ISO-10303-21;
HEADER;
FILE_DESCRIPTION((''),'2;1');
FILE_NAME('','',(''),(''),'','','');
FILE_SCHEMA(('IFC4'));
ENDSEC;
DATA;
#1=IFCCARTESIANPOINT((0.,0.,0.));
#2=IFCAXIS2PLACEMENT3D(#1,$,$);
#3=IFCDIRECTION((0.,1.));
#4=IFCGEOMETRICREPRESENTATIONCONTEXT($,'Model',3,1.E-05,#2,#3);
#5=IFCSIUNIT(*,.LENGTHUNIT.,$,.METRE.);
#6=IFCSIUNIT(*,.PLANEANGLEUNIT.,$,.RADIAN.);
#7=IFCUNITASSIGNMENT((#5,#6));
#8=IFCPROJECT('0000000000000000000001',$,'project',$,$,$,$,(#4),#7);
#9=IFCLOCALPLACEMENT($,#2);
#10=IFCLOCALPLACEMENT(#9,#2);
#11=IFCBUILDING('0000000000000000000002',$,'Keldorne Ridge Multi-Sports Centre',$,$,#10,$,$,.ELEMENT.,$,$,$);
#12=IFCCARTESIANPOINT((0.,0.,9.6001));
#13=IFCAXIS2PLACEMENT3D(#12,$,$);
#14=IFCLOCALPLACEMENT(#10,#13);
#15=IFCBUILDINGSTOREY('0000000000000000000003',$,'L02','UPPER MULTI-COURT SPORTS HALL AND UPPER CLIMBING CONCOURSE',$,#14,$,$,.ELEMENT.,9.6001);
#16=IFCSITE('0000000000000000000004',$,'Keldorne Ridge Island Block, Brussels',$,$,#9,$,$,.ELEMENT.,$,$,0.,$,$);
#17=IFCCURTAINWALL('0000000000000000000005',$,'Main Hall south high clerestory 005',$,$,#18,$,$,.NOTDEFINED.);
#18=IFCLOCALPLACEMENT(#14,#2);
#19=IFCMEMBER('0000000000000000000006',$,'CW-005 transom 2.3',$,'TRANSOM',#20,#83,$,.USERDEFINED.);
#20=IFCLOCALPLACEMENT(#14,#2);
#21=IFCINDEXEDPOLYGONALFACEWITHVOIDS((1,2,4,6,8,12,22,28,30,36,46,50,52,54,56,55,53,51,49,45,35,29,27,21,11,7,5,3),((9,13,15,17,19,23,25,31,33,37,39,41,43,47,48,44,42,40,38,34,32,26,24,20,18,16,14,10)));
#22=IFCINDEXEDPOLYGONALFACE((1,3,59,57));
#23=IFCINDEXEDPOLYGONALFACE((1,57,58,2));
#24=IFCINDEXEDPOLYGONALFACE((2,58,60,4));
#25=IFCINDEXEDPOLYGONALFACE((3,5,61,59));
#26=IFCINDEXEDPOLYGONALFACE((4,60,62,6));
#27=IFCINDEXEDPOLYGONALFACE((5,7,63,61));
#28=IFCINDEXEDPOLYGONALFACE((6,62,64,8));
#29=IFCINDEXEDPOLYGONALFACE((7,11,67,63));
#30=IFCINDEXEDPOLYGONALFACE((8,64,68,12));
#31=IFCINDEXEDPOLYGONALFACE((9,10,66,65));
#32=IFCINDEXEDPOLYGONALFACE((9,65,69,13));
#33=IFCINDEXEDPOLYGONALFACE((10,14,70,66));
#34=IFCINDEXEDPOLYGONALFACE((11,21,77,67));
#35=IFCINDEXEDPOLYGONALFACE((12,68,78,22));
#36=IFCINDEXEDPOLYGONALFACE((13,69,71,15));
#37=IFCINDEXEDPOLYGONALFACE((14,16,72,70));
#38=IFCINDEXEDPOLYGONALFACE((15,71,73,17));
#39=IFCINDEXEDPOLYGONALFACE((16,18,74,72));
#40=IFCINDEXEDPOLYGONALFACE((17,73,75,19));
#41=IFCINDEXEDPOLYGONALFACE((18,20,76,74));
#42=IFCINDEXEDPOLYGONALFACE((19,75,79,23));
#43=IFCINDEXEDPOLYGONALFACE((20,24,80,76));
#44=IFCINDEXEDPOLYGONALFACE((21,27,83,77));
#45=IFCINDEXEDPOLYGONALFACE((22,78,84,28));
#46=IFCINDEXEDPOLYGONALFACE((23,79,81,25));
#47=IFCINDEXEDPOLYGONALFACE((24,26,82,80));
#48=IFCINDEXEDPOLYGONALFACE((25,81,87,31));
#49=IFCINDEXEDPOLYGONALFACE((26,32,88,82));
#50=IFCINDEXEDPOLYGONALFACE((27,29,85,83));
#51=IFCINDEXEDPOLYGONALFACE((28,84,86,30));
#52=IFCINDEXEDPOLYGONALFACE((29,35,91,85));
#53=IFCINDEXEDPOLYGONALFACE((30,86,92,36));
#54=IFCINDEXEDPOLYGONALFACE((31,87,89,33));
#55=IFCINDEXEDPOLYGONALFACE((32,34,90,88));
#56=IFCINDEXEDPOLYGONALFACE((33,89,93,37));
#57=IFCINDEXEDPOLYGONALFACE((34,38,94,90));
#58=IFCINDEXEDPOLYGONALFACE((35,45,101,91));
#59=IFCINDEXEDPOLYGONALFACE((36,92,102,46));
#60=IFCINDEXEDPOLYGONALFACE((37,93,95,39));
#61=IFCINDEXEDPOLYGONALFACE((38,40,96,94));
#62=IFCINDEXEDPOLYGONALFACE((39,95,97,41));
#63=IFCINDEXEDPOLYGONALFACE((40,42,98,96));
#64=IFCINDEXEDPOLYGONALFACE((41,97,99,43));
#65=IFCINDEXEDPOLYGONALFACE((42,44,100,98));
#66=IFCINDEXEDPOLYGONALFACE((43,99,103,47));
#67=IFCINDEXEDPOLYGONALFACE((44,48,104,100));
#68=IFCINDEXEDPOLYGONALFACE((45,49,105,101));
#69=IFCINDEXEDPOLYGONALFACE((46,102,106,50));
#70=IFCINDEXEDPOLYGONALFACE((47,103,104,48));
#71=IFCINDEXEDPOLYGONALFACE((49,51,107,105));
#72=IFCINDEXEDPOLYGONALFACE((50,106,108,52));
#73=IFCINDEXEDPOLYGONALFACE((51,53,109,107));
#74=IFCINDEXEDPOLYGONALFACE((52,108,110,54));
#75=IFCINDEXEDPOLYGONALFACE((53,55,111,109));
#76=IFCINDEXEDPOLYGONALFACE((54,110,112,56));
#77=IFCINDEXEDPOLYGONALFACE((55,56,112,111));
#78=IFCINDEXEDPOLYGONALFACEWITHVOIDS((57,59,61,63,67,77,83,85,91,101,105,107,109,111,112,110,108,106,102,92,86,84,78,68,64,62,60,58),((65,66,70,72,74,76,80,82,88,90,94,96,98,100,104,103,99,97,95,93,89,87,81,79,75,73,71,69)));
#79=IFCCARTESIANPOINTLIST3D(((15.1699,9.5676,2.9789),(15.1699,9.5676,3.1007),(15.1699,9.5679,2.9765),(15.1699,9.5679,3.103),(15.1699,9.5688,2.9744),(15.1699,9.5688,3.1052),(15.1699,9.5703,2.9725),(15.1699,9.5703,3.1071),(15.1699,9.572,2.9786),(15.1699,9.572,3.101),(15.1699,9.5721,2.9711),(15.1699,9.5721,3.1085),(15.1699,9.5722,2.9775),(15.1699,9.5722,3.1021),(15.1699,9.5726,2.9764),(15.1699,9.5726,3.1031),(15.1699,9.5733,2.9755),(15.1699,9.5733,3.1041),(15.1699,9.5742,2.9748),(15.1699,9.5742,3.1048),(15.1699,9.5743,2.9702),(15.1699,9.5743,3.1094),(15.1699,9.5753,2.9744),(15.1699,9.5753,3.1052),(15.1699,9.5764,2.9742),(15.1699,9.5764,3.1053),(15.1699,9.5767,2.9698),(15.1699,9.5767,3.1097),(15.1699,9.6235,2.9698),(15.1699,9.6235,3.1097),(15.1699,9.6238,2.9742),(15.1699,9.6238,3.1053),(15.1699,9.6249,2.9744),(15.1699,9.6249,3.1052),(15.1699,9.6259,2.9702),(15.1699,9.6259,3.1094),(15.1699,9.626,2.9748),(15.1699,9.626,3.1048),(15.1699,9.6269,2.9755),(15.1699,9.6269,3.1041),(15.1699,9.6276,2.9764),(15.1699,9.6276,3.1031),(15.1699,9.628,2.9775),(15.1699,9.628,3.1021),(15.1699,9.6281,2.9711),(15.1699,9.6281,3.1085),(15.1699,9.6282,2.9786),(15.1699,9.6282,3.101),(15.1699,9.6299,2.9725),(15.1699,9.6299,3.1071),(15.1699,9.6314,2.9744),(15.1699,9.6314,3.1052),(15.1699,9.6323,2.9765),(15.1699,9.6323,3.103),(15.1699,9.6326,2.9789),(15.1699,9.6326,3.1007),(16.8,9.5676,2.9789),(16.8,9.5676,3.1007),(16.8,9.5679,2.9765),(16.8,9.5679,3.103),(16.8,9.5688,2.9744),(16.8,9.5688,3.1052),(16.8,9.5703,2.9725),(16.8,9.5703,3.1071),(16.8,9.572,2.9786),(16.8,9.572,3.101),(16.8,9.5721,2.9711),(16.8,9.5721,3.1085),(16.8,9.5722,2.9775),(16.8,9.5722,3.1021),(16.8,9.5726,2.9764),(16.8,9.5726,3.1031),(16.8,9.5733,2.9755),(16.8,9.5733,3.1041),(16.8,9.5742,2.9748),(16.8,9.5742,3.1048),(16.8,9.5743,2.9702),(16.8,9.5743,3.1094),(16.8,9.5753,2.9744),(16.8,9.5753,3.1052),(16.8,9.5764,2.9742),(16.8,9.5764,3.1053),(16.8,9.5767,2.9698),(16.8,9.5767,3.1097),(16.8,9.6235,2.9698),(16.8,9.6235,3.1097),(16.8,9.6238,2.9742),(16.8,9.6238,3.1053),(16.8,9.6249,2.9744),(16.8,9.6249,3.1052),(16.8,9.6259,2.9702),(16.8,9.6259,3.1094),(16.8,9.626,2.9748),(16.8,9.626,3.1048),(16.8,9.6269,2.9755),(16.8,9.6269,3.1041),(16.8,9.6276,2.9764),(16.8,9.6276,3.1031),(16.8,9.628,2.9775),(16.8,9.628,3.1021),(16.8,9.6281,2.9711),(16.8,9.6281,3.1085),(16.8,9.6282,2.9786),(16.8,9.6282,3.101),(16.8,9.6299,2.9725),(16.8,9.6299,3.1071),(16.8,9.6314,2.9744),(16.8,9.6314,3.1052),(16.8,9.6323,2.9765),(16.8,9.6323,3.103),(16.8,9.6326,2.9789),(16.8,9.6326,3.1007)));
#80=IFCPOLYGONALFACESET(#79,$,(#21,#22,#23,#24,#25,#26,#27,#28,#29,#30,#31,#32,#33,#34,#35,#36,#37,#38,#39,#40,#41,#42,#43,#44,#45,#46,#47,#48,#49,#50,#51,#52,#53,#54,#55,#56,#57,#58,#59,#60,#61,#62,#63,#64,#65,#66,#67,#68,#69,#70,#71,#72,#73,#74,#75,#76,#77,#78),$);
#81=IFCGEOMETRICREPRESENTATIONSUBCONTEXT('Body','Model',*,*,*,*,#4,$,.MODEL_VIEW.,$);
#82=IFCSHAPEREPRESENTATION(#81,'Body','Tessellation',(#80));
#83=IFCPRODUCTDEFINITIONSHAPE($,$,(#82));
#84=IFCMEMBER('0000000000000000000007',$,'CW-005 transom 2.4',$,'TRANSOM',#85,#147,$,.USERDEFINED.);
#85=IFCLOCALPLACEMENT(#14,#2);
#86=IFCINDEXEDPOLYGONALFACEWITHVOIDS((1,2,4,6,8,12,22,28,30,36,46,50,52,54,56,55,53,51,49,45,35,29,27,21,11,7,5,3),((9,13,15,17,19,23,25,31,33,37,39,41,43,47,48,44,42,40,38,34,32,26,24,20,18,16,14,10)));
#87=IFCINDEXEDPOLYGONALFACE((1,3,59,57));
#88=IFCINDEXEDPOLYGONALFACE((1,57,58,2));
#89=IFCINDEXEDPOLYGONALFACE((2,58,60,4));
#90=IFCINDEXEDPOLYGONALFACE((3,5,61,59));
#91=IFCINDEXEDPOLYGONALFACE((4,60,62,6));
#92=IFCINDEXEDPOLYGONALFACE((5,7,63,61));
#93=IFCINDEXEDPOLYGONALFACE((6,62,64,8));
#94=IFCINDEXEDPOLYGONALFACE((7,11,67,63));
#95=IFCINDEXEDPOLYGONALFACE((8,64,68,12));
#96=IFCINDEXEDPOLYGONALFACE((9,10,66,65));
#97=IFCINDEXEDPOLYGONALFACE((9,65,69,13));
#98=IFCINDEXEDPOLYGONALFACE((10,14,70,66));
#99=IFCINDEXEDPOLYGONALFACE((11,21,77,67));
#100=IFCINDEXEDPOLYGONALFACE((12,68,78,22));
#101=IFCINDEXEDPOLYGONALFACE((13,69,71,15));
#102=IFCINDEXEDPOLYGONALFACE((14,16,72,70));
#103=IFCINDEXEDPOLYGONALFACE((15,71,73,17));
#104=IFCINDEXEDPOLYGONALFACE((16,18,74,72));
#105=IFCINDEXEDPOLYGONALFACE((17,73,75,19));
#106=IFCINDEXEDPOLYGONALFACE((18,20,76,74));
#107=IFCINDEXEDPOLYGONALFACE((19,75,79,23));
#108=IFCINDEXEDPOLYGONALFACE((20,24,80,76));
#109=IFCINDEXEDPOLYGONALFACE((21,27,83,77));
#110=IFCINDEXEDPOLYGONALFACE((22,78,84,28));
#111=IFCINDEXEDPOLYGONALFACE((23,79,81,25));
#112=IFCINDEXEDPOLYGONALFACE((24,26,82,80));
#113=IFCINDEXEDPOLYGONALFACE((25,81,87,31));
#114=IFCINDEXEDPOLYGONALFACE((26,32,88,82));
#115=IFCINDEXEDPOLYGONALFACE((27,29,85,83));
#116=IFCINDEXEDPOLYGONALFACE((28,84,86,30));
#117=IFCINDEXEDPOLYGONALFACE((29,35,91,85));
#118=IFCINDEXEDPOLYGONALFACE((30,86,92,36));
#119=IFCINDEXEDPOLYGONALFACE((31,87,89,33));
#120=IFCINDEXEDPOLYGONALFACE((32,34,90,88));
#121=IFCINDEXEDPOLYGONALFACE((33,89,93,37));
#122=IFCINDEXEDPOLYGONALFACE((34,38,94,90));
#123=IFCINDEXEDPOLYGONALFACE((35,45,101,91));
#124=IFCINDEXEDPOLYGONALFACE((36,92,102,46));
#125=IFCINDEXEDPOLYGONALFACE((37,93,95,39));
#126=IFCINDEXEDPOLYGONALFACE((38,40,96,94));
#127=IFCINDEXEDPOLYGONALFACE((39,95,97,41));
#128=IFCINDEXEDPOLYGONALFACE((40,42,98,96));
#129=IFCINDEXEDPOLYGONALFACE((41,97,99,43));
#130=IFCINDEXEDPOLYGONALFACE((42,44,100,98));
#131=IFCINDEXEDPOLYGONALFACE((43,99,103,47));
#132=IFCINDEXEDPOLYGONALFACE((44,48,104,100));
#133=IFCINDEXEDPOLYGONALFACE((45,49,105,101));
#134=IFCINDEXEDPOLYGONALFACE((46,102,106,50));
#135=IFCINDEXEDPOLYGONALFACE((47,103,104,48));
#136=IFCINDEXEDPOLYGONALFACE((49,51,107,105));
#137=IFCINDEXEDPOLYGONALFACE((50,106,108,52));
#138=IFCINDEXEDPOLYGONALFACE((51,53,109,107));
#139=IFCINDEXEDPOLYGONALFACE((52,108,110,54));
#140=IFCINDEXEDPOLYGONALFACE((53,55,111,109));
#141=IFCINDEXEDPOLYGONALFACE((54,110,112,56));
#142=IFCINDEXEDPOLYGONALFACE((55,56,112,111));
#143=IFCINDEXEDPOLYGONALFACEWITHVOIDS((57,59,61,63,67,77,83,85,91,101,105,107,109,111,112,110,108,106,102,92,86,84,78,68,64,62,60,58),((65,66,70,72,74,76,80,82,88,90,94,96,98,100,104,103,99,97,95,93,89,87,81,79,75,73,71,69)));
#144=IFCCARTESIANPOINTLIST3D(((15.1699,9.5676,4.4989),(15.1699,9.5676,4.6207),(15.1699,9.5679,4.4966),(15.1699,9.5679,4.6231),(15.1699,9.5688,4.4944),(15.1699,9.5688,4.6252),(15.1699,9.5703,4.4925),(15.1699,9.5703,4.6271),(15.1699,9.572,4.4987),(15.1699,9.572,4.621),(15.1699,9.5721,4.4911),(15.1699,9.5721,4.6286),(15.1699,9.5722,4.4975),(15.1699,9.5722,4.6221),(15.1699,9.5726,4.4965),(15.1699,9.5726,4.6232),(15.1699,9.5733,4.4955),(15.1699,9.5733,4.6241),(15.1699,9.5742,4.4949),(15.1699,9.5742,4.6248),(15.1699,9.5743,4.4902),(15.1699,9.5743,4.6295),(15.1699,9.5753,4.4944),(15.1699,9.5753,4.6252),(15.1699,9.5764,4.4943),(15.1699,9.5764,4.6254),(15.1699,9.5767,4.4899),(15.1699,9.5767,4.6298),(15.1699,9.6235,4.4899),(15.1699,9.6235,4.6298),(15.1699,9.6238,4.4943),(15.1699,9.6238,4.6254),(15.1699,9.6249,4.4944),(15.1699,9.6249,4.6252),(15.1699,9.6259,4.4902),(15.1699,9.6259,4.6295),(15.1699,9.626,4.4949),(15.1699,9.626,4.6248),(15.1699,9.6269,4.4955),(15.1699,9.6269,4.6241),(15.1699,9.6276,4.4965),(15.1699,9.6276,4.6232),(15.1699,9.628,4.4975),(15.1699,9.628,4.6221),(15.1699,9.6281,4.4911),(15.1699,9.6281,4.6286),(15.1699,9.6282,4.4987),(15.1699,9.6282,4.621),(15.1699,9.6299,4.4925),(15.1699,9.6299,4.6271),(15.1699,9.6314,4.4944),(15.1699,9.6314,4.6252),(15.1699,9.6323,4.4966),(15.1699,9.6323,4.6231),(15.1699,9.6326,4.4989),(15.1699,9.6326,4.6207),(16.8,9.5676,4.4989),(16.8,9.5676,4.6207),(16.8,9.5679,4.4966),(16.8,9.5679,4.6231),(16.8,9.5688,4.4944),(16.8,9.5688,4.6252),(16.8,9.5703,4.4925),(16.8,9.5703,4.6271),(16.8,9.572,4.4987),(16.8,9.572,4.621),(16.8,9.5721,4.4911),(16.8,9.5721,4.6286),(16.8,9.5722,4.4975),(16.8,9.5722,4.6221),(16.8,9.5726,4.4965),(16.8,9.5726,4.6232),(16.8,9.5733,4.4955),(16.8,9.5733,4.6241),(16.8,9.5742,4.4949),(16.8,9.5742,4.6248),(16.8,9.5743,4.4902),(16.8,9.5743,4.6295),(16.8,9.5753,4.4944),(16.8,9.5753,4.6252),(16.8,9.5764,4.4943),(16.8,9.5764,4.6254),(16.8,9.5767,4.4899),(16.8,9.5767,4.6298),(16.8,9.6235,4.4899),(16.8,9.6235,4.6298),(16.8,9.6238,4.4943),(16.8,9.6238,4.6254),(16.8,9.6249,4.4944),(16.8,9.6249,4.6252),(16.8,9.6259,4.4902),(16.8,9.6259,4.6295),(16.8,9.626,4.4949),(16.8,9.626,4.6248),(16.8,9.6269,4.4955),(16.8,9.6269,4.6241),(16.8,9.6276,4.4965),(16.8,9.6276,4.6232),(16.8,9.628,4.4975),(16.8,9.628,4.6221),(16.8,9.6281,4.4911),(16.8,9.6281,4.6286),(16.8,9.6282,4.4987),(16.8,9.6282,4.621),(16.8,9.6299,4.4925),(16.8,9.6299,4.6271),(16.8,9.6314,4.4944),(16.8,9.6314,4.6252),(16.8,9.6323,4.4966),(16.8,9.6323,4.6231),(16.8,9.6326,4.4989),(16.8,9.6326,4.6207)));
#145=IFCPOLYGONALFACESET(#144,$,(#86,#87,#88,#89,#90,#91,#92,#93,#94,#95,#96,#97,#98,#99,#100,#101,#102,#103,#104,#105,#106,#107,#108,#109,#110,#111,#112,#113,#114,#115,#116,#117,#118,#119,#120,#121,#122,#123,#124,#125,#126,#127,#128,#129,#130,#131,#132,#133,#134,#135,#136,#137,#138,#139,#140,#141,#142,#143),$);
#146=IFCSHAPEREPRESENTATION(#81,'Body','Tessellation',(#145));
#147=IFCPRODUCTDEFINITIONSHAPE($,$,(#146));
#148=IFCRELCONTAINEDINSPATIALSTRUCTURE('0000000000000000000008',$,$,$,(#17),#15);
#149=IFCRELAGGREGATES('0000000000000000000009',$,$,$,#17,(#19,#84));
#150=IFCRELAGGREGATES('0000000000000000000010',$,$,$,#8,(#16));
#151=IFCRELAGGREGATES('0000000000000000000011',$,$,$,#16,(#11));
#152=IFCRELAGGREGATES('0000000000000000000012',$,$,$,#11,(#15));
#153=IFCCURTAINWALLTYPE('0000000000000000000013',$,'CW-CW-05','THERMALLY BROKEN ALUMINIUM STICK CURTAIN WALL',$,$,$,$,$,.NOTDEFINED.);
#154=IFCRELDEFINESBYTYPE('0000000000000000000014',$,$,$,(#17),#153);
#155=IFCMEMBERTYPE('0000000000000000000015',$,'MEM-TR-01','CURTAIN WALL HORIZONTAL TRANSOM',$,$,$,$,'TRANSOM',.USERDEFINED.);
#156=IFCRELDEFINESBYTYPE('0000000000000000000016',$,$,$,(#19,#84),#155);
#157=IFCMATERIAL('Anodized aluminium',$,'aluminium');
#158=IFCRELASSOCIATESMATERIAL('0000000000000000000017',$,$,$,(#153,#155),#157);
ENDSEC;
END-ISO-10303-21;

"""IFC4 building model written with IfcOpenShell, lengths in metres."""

from ifc_helpers import new_model, si_unit, direction, frame, origin, origin_2d, place, context, subcontext, project, spatial, hollow_rectangle, extrude, material, material_profile, profile_set, type_object, element, aggregate, save


model = new_model("IFC4")

# Units and contexts
model_context = context("Model", 3, precision=1e-05, world=origin(), true_north=direction((0.0, 1.0)))
body_context = subcontext(model_context, "Body", "Model", "MODEL_VIEW")
ifc_project = project(units=[si_unit("LENGTHUNIT", "METRE"), si_unit("PLANEANGLEUNIT", "RADIAN")], contexts=[model_context])

# Site, building, storey
site_placement = place(None, origin())
site = spatial("IfcSite", under=ifc_project, at=site_placement, Name="Keldorne Ridge Island Block, Brussels", CompositionType="ELEMENT", RefElevation=0.0)
building_placement = place(site_placement, origin())
building = spatial("IfcBuilding", under=site, at=building_placement, Name="Keldorne Ridge Multi-Sports Centre", CompositionType="ELEMENT")
storey_placement = place(building_placement, frame((0.0, 0.0, 9.6001)))
storey = spatial("IfcBuildingStorey", under=building, at=storey_placement, Name="L02", Description="UPPER MULTI-COURT SPORTS HALL AND UPPER CLIMBING CONCOURSE", CompositionType="ELEMENT", Elevation=9.6001)

# Curtain wall, members
ifc_material_1 = material(Name="Anodized aluminium", Category="aluminium")
curtain_wall_type = type_object("IfcCurtainWallType", Name="CW-CW-05", Description="THERMALLY BROKEN ALUMINIUM STICK CURTAIN WALL", PredefinedType="NOTDEFINED", material=ifc_material_1)
curtain_wall_placement = place(storey_placement, origin())
curtain_wall = element("IfcCurtainWall", 1, at=curtain_wall_placement, inside=storey, type_object=curtain_wall_type, Name="Main Hall south high clerestory 005", PredefinedType="NOTDEFINED")
ifc_material_profile_1 = material_profile(ifc_material_1, hollow_rectangle(XDim=0.0649, YDim=0.1399, WallThickness=0.0044, InnerFilletRadius=0.0044, OuterFilletRadius=0.009, at=origin_2d()), Name="ALU TRANSOM 140x65x4.5")
ifc_profile_set_1 = profile_set([ifc_material_profile_1], Name="Anodized aluminium")
member_type_1 = type_object("IfcMemberType", Name="MEM-TR-01", Description="CURTAIN WALL HORIZONTAL TRANSOM", ElementType="TRANSOM", PredefinedType="USERDEFINED", material=ifc_profile_set_1)
member_1_placement = place(storey_placement, frame((15.1699, 9.6001, 3.0398), z_axis=(1.0, 0.0, 0.0), x_axis=(0.0, 1.0, 0.0)))
member_1 = element("IfcMember", 2, at=member_1_placement, type_object=member_type_1, Name="CW-005 transom 2.3", ObjectType="TRANSOM", PredefinedType="USERDEFINED", context=body_context, shape_type="SweptSolid", body=[
    extrude(hollow_rectangle(XDim=0.0649, YDim=0.1399, WallThickness=0.0044, InnerFilletRadius=0.0044, OuterFilletRadius=0.009, at=origin_2d()), origin(), (0.0, 0.0, 1.0), 1.6301),
])
member_2_placement = place(storey_placement, frame((15.1699, 9.6001, 4.5598), z_axis=(1.0, 0.0, 0.0), x_axis=(0.0, 1.0, 0.0)))
member_2 = element("IfcMember", 3, at=member_2_placement, type_object=member_type_1, Name="CW-005 transom 2.4", ObjectType="TRANSOM", PredefinedType="USERDEFINED", context=body_context, shape_type="SweptSolid", body=[
    extrude(hollow_rectangle(XDim=0.0649, YDim=0.1399, WallThickness=0.0044, InnerFilletRadius=0.0044, OuterFilletRadius=0.009, at=origin_2d()), origin(), (0.0, 0.0, 1.0), 1.6301),
])
aggregate(curtain_wall, [member_1, member_2])

save(model, "model.ifc")
